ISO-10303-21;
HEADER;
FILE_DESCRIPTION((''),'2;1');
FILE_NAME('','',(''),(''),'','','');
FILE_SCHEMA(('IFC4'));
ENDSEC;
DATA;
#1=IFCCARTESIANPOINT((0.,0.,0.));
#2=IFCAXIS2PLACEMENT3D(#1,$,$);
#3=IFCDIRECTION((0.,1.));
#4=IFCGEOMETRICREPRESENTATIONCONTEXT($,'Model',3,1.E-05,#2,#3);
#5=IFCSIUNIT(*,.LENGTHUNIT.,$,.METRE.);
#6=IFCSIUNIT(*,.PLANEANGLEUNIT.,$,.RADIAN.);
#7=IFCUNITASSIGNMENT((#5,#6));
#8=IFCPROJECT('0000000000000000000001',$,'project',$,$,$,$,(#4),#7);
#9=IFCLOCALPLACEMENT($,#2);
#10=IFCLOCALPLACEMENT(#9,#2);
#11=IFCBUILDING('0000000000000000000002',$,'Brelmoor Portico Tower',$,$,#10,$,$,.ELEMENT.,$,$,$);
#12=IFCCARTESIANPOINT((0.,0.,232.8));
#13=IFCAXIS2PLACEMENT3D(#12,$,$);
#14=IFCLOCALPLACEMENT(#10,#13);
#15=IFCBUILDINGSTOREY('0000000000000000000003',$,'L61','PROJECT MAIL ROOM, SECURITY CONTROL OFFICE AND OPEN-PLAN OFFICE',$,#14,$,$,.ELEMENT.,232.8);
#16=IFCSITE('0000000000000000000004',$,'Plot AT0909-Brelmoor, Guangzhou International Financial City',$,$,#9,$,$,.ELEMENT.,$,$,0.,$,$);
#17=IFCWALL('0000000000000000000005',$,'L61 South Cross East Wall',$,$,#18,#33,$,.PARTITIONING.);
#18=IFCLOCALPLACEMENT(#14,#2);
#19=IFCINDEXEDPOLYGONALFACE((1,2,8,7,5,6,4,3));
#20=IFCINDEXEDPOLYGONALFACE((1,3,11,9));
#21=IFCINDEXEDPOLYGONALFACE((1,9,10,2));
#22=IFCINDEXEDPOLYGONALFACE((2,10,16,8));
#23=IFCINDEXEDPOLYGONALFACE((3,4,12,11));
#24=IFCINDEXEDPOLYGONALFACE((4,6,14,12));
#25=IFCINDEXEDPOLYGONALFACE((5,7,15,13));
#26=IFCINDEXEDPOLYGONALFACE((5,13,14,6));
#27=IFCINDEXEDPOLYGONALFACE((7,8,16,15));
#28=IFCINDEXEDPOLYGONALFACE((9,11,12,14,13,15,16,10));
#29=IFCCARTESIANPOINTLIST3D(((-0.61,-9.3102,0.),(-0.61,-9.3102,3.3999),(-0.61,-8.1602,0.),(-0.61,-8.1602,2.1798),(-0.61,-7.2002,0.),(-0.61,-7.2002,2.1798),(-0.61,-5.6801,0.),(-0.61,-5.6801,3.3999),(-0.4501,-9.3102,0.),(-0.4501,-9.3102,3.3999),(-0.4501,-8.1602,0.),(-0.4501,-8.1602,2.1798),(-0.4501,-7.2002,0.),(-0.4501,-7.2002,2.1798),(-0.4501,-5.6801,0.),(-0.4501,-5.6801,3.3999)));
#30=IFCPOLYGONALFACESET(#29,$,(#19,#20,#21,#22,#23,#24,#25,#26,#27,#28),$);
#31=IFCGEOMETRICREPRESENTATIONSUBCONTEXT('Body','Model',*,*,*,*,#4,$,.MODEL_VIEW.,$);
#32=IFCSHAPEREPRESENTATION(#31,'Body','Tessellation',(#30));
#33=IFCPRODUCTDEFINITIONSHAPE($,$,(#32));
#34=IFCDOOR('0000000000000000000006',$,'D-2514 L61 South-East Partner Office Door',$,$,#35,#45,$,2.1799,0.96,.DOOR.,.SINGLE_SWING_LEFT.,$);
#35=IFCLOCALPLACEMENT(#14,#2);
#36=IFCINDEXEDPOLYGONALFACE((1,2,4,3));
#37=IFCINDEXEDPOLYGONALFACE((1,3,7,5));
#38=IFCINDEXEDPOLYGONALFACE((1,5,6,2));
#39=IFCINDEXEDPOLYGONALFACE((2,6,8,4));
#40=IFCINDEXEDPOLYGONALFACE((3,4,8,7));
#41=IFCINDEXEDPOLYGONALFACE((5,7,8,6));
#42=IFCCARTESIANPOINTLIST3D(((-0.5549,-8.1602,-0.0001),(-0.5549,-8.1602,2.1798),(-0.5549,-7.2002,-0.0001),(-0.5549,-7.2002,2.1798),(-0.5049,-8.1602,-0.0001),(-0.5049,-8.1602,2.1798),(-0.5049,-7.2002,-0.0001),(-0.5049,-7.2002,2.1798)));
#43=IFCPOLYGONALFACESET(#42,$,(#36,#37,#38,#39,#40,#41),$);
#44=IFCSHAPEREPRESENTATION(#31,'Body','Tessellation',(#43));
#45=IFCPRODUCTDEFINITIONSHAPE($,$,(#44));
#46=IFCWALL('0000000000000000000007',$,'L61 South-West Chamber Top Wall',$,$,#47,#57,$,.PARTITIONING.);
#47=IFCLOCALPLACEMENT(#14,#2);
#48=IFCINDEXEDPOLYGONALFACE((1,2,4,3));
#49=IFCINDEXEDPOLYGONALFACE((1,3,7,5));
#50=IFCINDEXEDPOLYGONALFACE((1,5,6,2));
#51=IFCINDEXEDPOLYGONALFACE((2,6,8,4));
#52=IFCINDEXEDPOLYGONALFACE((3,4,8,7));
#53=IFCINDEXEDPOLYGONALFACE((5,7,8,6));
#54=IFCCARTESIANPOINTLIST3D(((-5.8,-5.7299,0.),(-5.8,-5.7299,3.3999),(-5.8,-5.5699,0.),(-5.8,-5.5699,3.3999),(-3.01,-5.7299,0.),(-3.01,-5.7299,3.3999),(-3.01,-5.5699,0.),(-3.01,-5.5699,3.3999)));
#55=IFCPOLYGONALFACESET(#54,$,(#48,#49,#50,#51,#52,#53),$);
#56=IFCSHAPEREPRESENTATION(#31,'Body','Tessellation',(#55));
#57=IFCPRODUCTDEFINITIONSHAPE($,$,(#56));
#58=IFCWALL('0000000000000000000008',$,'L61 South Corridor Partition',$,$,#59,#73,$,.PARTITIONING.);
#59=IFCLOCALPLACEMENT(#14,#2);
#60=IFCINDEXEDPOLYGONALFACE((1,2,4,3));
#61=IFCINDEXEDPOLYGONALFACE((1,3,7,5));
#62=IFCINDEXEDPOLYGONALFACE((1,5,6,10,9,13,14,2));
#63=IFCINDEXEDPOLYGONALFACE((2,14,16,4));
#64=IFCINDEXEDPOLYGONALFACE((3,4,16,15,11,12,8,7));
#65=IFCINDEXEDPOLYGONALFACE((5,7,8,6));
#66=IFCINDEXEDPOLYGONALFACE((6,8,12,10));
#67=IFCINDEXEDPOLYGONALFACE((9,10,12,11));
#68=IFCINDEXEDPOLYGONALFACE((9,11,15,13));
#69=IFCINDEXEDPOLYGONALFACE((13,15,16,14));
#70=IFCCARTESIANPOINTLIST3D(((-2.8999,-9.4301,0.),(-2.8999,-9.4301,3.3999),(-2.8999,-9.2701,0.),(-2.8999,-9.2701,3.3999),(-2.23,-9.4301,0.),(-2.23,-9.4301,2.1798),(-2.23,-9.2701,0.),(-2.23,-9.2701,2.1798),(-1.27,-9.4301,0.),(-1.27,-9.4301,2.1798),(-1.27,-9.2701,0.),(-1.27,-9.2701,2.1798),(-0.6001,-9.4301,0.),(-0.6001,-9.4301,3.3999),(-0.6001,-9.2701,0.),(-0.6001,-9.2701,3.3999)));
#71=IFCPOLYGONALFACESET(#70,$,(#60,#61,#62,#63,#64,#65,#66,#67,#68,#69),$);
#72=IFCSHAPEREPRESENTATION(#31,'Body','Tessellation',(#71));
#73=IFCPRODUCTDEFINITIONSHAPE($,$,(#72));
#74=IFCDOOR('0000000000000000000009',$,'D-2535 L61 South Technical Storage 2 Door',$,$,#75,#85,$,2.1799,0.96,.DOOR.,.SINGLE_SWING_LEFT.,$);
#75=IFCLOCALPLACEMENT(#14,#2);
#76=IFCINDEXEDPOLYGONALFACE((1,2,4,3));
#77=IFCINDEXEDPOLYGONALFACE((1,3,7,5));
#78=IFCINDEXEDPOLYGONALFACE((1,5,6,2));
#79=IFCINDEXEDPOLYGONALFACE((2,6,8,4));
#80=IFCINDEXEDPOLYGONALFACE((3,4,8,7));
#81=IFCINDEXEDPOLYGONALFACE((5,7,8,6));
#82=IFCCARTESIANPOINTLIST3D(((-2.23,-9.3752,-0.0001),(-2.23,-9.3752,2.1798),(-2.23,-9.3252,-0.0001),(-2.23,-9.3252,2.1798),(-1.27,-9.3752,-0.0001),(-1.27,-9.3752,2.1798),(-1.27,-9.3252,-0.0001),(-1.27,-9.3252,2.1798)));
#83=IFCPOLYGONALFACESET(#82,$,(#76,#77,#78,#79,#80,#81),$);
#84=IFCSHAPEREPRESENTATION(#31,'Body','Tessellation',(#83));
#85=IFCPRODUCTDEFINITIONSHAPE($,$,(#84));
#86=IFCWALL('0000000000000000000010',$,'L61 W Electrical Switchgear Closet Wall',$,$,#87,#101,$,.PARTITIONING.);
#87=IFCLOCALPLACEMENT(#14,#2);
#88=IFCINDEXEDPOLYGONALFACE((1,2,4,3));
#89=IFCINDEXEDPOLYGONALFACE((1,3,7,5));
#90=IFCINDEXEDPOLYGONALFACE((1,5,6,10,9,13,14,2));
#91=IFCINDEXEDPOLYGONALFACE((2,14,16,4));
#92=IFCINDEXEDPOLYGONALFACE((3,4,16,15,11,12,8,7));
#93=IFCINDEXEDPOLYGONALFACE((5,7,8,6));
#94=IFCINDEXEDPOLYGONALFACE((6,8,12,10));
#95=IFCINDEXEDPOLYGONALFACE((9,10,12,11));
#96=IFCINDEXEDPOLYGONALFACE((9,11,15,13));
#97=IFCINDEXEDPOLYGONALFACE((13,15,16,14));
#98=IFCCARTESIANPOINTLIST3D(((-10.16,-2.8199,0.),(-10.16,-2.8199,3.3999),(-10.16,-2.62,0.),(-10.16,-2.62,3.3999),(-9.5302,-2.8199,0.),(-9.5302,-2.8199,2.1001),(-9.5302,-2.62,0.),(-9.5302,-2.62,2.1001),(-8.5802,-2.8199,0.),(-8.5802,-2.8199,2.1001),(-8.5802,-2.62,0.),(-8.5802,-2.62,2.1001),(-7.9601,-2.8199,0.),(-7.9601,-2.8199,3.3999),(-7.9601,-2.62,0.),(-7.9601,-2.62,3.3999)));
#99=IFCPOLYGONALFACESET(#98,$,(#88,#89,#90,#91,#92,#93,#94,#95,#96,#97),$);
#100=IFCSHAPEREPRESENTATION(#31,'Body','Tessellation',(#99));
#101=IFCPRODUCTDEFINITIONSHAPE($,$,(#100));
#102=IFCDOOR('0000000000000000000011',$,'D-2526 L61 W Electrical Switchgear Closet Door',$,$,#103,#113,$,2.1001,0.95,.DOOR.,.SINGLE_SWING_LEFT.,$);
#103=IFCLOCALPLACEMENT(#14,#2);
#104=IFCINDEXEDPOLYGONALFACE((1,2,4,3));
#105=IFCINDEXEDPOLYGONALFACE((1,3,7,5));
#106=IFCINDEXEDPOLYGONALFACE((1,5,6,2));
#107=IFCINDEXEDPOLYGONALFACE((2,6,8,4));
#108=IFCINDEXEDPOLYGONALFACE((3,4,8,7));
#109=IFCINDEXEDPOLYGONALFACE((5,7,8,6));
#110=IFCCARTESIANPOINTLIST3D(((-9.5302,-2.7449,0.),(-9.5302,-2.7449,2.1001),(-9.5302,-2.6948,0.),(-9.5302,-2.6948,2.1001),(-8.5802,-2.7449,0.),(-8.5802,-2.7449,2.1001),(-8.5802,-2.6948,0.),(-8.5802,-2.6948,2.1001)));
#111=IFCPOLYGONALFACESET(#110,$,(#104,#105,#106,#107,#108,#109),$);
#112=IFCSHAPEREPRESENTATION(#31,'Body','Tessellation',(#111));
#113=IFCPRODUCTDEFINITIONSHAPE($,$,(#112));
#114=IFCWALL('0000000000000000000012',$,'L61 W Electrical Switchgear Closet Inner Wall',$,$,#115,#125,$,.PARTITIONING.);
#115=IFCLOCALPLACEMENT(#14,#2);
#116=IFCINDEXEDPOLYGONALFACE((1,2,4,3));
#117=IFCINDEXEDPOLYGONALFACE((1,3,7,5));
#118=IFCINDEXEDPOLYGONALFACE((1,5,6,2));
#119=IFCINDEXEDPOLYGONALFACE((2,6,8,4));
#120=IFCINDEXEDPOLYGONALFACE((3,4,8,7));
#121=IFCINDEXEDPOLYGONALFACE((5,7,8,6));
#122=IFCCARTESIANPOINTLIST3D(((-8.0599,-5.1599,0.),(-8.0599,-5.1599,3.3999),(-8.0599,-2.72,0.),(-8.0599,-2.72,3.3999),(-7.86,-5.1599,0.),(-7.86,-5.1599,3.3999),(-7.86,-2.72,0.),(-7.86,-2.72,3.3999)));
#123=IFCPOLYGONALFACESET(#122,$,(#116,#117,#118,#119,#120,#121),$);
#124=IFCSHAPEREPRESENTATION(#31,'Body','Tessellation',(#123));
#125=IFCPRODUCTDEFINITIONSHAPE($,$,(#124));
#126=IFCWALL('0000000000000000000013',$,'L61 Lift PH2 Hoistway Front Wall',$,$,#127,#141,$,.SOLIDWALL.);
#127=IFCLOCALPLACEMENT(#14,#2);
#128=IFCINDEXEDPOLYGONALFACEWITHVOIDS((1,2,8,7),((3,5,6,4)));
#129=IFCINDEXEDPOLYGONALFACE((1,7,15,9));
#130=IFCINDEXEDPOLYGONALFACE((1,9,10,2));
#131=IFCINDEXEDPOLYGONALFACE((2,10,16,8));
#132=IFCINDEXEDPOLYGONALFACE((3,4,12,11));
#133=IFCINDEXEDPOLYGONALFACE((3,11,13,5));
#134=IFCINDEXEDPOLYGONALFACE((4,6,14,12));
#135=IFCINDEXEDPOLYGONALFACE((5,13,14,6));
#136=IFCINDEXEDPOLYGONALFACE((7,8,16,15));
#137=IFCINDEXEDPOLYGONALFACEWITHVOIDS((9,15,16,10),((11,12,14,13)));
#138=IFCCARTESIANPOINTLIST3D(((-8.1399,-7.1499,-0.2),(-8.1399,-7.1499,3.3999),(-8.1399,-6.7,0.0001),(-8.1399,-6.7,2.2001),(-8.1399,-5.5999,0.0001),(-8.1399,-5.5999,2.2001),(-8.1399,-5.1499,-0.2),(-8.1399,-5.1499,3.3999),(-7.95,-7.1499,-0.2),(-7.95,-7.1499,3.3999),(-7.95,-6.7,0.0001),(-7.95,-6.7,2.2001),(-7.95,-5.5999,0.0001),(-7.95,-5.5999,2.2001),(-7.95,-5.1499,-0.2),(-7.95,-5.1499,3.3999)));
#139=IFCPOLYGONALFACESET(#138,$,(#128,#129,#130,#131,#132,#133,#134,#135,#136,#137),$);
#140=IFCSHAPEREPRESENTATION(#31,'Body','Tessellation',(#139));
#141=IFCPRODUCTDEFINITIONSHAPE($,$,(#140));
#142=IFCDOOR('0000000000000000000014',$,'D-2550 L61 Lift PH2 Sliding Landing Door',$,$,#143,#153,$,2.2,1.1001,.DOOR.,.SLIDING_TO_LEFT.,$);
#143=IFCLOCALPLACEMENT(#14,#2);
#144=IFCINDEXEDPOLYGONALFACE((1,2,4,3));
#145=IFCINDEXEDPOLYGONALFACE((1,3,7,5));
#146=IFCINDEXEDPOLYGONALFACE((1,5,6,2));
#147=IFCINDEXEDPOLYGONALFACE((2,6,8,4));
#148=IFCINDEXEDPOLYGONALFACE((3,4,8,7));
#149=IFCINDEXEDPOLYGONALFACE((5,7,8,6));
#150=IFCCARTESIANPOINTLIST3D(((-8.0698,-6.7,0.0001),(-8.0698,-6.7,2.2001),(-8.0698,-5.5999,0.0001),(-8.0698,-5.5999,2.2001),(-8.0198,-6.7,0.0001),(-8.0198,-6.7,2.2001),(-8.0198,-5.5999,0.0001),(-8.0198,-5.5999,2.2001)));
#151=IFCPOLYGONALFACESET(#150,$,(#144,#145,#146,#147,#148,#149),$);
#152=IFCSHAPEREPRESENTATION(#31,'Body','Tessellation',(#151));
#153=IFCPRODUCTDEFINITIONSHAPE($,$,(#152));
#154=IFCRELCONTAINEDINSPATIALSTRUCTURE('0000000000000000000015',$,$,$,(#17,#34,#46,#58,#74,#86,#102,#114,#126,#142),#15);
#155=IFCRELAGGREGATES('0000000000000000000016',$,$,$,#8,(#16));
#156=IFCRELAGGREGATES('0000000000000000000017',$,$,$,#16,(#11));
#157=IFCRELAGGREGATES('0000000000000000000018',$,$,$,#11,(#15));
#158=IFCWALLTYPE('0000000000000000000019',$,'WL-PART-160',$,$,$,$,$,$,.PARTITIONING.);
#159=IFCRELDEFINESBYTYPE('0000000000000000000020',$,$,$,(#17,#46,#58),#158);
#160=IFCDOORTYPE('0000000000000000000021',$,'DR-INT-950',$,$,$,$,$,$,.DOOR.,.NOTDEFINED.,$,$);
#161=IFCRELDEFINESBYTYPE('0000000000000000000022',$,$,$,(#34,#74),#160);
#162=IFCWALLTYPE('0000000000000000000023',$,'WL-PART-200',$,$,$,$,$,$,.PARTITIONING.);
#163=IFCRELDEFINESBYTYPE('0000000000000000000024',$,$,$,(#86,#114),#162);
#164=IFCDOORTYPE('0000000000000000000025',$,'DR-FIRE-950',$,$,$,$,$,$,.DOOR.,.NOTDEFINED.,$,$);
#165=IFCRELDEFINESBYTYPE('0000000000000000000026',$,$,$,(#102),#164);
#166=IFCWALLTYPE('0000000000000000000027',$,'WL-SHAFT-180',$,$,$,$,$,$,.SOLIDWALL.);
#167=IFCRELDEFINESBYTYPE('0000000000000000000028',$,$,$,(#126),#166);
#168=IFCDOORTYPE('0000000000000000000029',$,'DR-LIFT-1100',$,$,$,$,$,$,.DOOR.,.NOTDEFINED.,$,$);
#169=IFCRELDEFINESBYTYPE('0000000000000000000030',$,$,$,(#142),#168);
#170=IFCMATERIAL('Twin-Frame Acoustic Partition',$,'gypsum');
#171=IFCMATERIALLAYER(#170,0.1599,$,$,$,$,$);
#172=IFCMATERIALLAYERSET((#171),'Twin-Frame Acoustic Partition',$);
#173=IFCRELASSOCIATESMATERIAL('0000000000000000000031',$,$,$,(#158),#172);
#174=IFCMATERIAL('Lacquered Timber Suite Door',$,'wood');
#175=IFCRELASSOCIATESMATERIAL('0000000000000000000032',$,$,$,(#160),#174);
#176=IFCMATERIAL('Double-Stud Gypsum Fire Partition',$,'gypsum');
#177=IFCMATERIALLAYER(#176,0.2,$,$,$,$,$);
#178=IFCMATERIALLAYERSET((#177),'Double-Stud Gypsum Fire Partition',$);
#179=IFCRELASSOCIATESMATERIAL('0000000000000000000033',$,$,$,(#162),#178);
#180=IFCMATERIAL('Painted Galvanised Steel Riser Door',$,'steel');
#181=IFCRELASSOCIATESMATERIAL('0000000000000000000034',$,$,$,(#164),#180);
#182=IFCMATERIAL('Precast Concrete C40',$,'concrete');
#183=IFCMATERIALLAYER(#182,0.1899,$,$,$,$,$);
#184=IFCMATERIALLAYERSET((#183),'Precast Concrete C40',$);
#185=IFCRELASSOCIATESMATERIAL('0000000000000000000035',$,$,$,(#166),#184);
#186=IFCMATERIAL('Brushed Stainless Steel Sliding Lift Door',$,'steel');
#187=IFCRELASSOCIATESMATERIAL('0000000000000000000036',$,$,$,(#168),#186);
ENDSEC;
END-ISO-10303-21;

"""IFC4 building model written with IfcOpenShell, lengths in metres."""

from ifc_helpers import new_model, si_unit, direction, frame, frame_2d, origin, place, context, subcontext, project, spatial, rectangle, extrude, material, layer, layer_set, type_object, element, fill, save


model = new_model("IFC4")

# Units and contexts
model_context = context("Model", 3, precision=1e-05, world=origin(), true_north=direction((0.0, 1.0)))
body_context = subcontext(model_context, "Body", "Model", "MODEL_VIEW")
ifc_project = project(units=[si_unit("LENGTHUNIT", "METRE"), si_unit("PLANEANGLEUNIT", "RADIAN")], contexts=[model_context])

# Site, building, storey
site_placement = place(None, origin())
site = spatial("IfcSite", under=ifc_project, at=site_placement, Name="Plot AT0909-Brelmoor, Guangzhou International Financial City", CompositionType="ELEMENT", RefElevation=0.0)
building_placement = place(site_placement, origin())
building = spatial("IfcBuilding", under=site, at=building_placement, Name="Brelmoor Portico Tower", CompositionType="ELEMENT")
storey_placement = place(building_placement, frame((0.0, 0.0, 232.8)))
storey = spatial("IfcBuildingStorey", under=building, at=storey_placement, Name="L61", Description="PROJECT MAIL ROOM, SECURITY CONTROL OFFICE AND OPEN-PLAN OFFICE", CompositionType="ELEMENT", Elevation=232.8)

# Shared definitions
ifc_material_1 = material(Name="Twin-Frame Acoustic Partition", Category="gypsum")
ifc_layer_1 = layer(ifc_material_1, 0.1599)
ifc_layer_set_1 = layer_set([ifc_layer_1], Name="Twin-Frame Acoustic Partition")
wall_type_1 = type_object("IfcWallType", Name="WL-PART-160", PredefinedType="PARTITIONING", material=ifc_layer_set_1)
ifc_material_2 = material(Name="Lacquered Timber Suite Door", Category="wood")
door_type_1 = type_object("IfcDoorType", Name="DR-INT-950", OperationType="NOTDEFINED", PredefinedType="DOOR", material=ifc_material_2)

# Wall, opening, door
wall_1_placement = place(storey_placement, frame((-0.53, -9.3101, 0.0), z_axis=(0.0, 0.0, 1.0), x_axis=(0.0, 1.0, 0.0)))
wall_1 = element("IfcWall", 1, at=wall_1_placement, inside=storey, type_object=wall_type_1, Name="L61 South Cross East Wall", PredefinedType="PARTITIONING", context=body_context, shape_type="SweptSolid", body=[
    extrude(rectangle(XDim=3.6301, YDim=0.1599, at=frame_2d((1.8149, 0.0))), origin(), (0.0, 0.0, 1.0), 3.3999),
])
opening_1_placement = place(wall_1_placement, frame((1.1499, 0.0, 0.0)))
opening_1 = element("IfcOpeningElement", 2, at=opening_1_placement, cuts=wall_1, PredefinedType="OPENING", context=body_context, shape_type="SweptSolid", body=[
    extrude(rectangle(XDim=0.96, YDim=2.1799, at=frame_2d((0.48, 1.0898))), frame((0.0, 0.0898, 0.0), z_axis=(0.0, -1.0, 0.0), x_axis=(1.0, 0.0, 0.0)), (0.0, 0.0, 1.0), 0.1799),
])
door_1_placement = place(opening_1_placement, origin())
door_1 = element("IfcDoor", 3, at=door_1_placement, inside=storey, type_object=door_type_1, Name="D-2514 L61 South-East Partner Office Door", OperationType="SINGLE_SWING_LEFT", OverallHeight=2.1799, OverallWidth=0.96, PredefinedType="DOOR", context=body_context, shape_type="SweptSolid", body=[
    extrude(rectangle(XDim=0.96, YDim=2.1799, at=frame_2d((0.48, 1.0898))), frame((0.0, 0.0249, 0.0), z_axis=(0.0, -1.0, 0.0), x_axis=(1.0, 0.0, 0.0)), (0.0, 0.0, 1.0), 0.05),
])
fill(opening_1, door_1)

# Wall
wall_2_placement = place(storey_placement, frame((-5.8, -5.6499, 0.0), z_axis=(0.0, 0.0, 1.0), x_axis=(1.0, 0.0, 0.0)))
element("IfcWall", 4, at=wall_2_placement, inside=storey, type_object=wall_type_1, Name="L61 South-West Chamber Top Wall", PredefinedType="PARTITIONING", context=body_context, shape_type="SweptSolid", body=[
    extrude(rectangle(XDim=2.79, YDim=0.1599, at=frame_2d((1.395, 0.0))), origin(), (0.0, 0.0, 1.0), 3.3999),
])

# Walls, openings, doors
wall_3_placement = place(storey_placement, frame((-2.8999, -9.3501, 0.0), z_axis=(0.0, 0.0, 1.0), x_axis=(1.0, 0.0, 0.0)))
wall_3 = element("IfcWall", 5, at=wall_3_placement, inside=storey, type_object=wall_type_1, Name="L61 South Corridor Partition", PredefinedType="PARTITIONING", context=body_context, shape_type="SweptSolid", body=[
    extrude(rectangle(XDim=2.2998, YDim=0.1599, at=frame_2d((1.1499, 0.0))), origin(), (0.0, 0.0, 1.0), 3.3999),
])
opening_2_placement = place(wall_3_placement, frame((0.6699, 0.0, 0.0)))
opening_2 = element("IfcOpeningElement", 6, at=opening_2_placement, cuts=wall_3, PredefinedType="OPENING", context=body_context, shape_type="SweptSolid", body=[
    extrude(rectangle(XDim=0.96, YDim=2.1799, at=frame_2d((0.48, 1.0898))), frame((0.0, 0.0898, 0.0), z_axis=(0.0, -1.0, 0.0), x_axis=(1.0, 0.0, 0.0)), (0.0, 0.0, 1.0), 0.1799),
])
door_2_placement = place(opening_2_placement, origin())
door_2 = element("IfcDoor", 7, at=door_2_placement, inside=storey, type_object=door_type_1, Name="D-2535 L61 South Technical Storage 2 Door", OperationType="SINGLE_SWING_LEFT", OverallHeight=2.1799, OverallWidth=0.96, PredefinedType="DOOR", context=body_context, shape_type="SweptSolid", body=[
    extrude(rectangle(XDim=0.96, YDim=2.1799, at=frame_2d((0.48, 1.0898))), frame((0.0, 0.0249, 0.0), z_axis=(0.0, -1.0, 0.0), x_axis=(1.0, 0.0, 0.0)), (0.0, 0.0, 1.0), 0.05),
])
fill(opening_2, door_2)
ifc_material_3 = material(Name="Double-Stud Gypsum Fire Partition", Category="gypsum")
ifc_layer_2 = layer(ifc_material_3, 0.2)
ifc_layer_set_2 = layer_set([ifc_layer_2], Name="Double-Stud Gypsum Fire Partition")
wall_type_2 = type_object("IfcWallType", Name="WL-PART-200", PredefinedType="PARTITIONING", material=ifc_layer_set_2)
wall_4_placement = place(storey_placement, frame((-7.96, -2.72, 0.0), z_axis=(0.0, 0.0, 1.0), x_axis=(-1.0, 0.0, 0.0)))
wall_4 = element("IfcWall", 8, at=wall_4_placement, inside=storey, type_object=wall_type_2, Name="L61 W Electrical Switchgear Closet Wall", PredefinedType="PARTITIONING", context=body_context, shape_type="SweptSolid", body=[
    extrude(rectangle(XDim=2.2, YDim=0.2, at=frame_2d((1.1001, 0.0))), origin(), (0.0, 0.0, 1.0), 3.3999),
])
opening_3_placement = place(wall_4_placement, frame((0.6201, 0.0, 0.0)))
opening_3 = element("IfcOpeningElement", 9, at=opening_3_placement, cuts=wall_4, PredefinedType="OPENING", context=body_context, shape_type="SweptSolid", body=[
    extrude(rectangle(XDim=0.95, YDim=2.1001, at=frame_2d((0.4751, 1.05))), frame((0.0, 0.1099, 0.0), z_axis=(0.0, -1.0, 0.0), x_axis=(1.0, 0.0, 0.0)), (0.0, 0.0, 1.0), 0.22),
])
ifc_material_4 = material(Name="Painted Galvanised Steel Riser Door", Category="steel")
door_type_2 = type_object("IfcDoorType", Name="DR-FIRE-950", OperationType="NOTDEFINED", PredefinedType="DOOR", material=ifc_material_4)
door_3_placement = place(opening_3_placement, origin())
door_3 = element("IfcDoor", 10, at=door_3_placement, inside=storey, type_object=door_type_2, Name="D-2526 L61 W Electrical Switchgear Closet Door", OperationType="SINGLE_SWING_LEFT", OverallHeight=2.1001, OverallWidth=0.95, PredefinedType="DOOR", context=body_context, shape_type="SweptSolid", body=[
    extrude(rectangle(XDim=0.95, YDim=2.1001, at=frame_2d((0.4751, 1.05))), frame((0.0, 0.0249, 0.0), z_axis=(0.0, -1.0, 0.0), x_axis=(1.0, 0.0, 0.0)), (0.0, 0.0, 1.0), 0.05),
])
fill(opening_3, door_3)

# Wall
wall_5_placement = place(storey_placement, frame((-7.96, -5.1599, 0.0), z_axis=(0.0, 0.0, 1.0), x_axis=(0.0, 1.0, 0.0)))
element("IfcWall", 11, at=wall_5_placement, inside=storey, type_object=wall_type_2, Name="L61 W Electrical Switchgear Closet Inner Wall", PredefinedType="PARTITIONING", context=body_context, shape_type="SweptSolid", body=[
    extrude(rectangle(XDim=2.4399, YDim=0.2, at=frame_2d((1.22, 0.0))), origin(), (0.0, 0.0, 1.0), 3.3999),
])

# Wall, opening, door
ifc_material_5 = material(Name="Precast Concrete C40", Category="concrete")
ifc_layer_3 = layer(ifc_material_5, 0.1899)
ifc_layer_set_3 = layer_set([ifc_layer_3], Name="Precast Concrete C40")
wall_type_3 = type_object("IfcWallType", Name="WL-SHAFT-180", PredefinedType="SOLIDWALL", material=ifc_layer_set_3)
wall_6_placement = place(storey_placement, frame((-8.0449, -7.1499, -0.2), z_axis=(0.0, 0.0, 1.0), x_axis=(0.0, 1.0, 0.0)))
wall_6 = element("IfcWall", 12, at=wall_6_placement, inside=storey, type_object=wall_type_3, Name="L61 Lift PH2 Hoistway Front Wall", PredefinedType="SOLIDWALL", context=body_context, shape_type="SweptSolid", body=[
    extrude(rectangle(XDim=2.0, YDim=0.1899, at=frame_2d((1.0, 0.0))), origin(), (0.0, 0.0, 1.0), 3.5999),
])
opening_4_placement = place(wall_6_placement, frame((0.45, 0.0, 0.2)))
opening_4 = element("IfcOpeningElement", 13, at=opening_4_placement, cuts=wall_6, PredefinedType="OPENING", context=body_context, shape_type="SweptSolid", body=[
    extrude(rectangle(XDim=1.1001, YDim=2.2, at=frame_2d((0.55, 1.1001))), frame((0.0, 0.105, 0.0), z_axis=(0.0, -1.0, 0.0), x_axis=(1.0, 0.0, 0.0)), (0.0, 0.0, 1.0), 0.21),
])
ifc_material_6 = material(Name="Brushed Stainless Steel Sliding Lift Door", Category="steel")
door_type_3 = type_object("IfcDoorType", Name="DR-LIFT-1100", OperationType="NOTDEFINED", PredefinedType="DOOR", material=ifc_material_6)
door_4_placement = place(opening_4_placement, origin())
door_4 = element("IfcDoor", 14, at=door_4_placement, inside=storey, type_object=door_type_3, Name="D-2550 L61 Lift PH2 Sliding Landing Door", OperationType="SLIDING_TO_LEFT", OverallHeight=2.2, OverallWidth=1.1001, PredefinedType="DOOR", context=body_context, shape_type="SweptSolid", body=[
    extrude(rectangle(XDim=1.1001, YDim=2.2, at=frame_2d((0.55, 1.1001))), frame((0.0, 0.0249, 0.0), z_axis=(0.0, -1.0, 0.0), x_axis=(1.0, 0.0, 0.0)), (0.0, 0.0, 1.0), 0.05),
])
fill(opening_4, door_4)

save(model, "model.ifc")
